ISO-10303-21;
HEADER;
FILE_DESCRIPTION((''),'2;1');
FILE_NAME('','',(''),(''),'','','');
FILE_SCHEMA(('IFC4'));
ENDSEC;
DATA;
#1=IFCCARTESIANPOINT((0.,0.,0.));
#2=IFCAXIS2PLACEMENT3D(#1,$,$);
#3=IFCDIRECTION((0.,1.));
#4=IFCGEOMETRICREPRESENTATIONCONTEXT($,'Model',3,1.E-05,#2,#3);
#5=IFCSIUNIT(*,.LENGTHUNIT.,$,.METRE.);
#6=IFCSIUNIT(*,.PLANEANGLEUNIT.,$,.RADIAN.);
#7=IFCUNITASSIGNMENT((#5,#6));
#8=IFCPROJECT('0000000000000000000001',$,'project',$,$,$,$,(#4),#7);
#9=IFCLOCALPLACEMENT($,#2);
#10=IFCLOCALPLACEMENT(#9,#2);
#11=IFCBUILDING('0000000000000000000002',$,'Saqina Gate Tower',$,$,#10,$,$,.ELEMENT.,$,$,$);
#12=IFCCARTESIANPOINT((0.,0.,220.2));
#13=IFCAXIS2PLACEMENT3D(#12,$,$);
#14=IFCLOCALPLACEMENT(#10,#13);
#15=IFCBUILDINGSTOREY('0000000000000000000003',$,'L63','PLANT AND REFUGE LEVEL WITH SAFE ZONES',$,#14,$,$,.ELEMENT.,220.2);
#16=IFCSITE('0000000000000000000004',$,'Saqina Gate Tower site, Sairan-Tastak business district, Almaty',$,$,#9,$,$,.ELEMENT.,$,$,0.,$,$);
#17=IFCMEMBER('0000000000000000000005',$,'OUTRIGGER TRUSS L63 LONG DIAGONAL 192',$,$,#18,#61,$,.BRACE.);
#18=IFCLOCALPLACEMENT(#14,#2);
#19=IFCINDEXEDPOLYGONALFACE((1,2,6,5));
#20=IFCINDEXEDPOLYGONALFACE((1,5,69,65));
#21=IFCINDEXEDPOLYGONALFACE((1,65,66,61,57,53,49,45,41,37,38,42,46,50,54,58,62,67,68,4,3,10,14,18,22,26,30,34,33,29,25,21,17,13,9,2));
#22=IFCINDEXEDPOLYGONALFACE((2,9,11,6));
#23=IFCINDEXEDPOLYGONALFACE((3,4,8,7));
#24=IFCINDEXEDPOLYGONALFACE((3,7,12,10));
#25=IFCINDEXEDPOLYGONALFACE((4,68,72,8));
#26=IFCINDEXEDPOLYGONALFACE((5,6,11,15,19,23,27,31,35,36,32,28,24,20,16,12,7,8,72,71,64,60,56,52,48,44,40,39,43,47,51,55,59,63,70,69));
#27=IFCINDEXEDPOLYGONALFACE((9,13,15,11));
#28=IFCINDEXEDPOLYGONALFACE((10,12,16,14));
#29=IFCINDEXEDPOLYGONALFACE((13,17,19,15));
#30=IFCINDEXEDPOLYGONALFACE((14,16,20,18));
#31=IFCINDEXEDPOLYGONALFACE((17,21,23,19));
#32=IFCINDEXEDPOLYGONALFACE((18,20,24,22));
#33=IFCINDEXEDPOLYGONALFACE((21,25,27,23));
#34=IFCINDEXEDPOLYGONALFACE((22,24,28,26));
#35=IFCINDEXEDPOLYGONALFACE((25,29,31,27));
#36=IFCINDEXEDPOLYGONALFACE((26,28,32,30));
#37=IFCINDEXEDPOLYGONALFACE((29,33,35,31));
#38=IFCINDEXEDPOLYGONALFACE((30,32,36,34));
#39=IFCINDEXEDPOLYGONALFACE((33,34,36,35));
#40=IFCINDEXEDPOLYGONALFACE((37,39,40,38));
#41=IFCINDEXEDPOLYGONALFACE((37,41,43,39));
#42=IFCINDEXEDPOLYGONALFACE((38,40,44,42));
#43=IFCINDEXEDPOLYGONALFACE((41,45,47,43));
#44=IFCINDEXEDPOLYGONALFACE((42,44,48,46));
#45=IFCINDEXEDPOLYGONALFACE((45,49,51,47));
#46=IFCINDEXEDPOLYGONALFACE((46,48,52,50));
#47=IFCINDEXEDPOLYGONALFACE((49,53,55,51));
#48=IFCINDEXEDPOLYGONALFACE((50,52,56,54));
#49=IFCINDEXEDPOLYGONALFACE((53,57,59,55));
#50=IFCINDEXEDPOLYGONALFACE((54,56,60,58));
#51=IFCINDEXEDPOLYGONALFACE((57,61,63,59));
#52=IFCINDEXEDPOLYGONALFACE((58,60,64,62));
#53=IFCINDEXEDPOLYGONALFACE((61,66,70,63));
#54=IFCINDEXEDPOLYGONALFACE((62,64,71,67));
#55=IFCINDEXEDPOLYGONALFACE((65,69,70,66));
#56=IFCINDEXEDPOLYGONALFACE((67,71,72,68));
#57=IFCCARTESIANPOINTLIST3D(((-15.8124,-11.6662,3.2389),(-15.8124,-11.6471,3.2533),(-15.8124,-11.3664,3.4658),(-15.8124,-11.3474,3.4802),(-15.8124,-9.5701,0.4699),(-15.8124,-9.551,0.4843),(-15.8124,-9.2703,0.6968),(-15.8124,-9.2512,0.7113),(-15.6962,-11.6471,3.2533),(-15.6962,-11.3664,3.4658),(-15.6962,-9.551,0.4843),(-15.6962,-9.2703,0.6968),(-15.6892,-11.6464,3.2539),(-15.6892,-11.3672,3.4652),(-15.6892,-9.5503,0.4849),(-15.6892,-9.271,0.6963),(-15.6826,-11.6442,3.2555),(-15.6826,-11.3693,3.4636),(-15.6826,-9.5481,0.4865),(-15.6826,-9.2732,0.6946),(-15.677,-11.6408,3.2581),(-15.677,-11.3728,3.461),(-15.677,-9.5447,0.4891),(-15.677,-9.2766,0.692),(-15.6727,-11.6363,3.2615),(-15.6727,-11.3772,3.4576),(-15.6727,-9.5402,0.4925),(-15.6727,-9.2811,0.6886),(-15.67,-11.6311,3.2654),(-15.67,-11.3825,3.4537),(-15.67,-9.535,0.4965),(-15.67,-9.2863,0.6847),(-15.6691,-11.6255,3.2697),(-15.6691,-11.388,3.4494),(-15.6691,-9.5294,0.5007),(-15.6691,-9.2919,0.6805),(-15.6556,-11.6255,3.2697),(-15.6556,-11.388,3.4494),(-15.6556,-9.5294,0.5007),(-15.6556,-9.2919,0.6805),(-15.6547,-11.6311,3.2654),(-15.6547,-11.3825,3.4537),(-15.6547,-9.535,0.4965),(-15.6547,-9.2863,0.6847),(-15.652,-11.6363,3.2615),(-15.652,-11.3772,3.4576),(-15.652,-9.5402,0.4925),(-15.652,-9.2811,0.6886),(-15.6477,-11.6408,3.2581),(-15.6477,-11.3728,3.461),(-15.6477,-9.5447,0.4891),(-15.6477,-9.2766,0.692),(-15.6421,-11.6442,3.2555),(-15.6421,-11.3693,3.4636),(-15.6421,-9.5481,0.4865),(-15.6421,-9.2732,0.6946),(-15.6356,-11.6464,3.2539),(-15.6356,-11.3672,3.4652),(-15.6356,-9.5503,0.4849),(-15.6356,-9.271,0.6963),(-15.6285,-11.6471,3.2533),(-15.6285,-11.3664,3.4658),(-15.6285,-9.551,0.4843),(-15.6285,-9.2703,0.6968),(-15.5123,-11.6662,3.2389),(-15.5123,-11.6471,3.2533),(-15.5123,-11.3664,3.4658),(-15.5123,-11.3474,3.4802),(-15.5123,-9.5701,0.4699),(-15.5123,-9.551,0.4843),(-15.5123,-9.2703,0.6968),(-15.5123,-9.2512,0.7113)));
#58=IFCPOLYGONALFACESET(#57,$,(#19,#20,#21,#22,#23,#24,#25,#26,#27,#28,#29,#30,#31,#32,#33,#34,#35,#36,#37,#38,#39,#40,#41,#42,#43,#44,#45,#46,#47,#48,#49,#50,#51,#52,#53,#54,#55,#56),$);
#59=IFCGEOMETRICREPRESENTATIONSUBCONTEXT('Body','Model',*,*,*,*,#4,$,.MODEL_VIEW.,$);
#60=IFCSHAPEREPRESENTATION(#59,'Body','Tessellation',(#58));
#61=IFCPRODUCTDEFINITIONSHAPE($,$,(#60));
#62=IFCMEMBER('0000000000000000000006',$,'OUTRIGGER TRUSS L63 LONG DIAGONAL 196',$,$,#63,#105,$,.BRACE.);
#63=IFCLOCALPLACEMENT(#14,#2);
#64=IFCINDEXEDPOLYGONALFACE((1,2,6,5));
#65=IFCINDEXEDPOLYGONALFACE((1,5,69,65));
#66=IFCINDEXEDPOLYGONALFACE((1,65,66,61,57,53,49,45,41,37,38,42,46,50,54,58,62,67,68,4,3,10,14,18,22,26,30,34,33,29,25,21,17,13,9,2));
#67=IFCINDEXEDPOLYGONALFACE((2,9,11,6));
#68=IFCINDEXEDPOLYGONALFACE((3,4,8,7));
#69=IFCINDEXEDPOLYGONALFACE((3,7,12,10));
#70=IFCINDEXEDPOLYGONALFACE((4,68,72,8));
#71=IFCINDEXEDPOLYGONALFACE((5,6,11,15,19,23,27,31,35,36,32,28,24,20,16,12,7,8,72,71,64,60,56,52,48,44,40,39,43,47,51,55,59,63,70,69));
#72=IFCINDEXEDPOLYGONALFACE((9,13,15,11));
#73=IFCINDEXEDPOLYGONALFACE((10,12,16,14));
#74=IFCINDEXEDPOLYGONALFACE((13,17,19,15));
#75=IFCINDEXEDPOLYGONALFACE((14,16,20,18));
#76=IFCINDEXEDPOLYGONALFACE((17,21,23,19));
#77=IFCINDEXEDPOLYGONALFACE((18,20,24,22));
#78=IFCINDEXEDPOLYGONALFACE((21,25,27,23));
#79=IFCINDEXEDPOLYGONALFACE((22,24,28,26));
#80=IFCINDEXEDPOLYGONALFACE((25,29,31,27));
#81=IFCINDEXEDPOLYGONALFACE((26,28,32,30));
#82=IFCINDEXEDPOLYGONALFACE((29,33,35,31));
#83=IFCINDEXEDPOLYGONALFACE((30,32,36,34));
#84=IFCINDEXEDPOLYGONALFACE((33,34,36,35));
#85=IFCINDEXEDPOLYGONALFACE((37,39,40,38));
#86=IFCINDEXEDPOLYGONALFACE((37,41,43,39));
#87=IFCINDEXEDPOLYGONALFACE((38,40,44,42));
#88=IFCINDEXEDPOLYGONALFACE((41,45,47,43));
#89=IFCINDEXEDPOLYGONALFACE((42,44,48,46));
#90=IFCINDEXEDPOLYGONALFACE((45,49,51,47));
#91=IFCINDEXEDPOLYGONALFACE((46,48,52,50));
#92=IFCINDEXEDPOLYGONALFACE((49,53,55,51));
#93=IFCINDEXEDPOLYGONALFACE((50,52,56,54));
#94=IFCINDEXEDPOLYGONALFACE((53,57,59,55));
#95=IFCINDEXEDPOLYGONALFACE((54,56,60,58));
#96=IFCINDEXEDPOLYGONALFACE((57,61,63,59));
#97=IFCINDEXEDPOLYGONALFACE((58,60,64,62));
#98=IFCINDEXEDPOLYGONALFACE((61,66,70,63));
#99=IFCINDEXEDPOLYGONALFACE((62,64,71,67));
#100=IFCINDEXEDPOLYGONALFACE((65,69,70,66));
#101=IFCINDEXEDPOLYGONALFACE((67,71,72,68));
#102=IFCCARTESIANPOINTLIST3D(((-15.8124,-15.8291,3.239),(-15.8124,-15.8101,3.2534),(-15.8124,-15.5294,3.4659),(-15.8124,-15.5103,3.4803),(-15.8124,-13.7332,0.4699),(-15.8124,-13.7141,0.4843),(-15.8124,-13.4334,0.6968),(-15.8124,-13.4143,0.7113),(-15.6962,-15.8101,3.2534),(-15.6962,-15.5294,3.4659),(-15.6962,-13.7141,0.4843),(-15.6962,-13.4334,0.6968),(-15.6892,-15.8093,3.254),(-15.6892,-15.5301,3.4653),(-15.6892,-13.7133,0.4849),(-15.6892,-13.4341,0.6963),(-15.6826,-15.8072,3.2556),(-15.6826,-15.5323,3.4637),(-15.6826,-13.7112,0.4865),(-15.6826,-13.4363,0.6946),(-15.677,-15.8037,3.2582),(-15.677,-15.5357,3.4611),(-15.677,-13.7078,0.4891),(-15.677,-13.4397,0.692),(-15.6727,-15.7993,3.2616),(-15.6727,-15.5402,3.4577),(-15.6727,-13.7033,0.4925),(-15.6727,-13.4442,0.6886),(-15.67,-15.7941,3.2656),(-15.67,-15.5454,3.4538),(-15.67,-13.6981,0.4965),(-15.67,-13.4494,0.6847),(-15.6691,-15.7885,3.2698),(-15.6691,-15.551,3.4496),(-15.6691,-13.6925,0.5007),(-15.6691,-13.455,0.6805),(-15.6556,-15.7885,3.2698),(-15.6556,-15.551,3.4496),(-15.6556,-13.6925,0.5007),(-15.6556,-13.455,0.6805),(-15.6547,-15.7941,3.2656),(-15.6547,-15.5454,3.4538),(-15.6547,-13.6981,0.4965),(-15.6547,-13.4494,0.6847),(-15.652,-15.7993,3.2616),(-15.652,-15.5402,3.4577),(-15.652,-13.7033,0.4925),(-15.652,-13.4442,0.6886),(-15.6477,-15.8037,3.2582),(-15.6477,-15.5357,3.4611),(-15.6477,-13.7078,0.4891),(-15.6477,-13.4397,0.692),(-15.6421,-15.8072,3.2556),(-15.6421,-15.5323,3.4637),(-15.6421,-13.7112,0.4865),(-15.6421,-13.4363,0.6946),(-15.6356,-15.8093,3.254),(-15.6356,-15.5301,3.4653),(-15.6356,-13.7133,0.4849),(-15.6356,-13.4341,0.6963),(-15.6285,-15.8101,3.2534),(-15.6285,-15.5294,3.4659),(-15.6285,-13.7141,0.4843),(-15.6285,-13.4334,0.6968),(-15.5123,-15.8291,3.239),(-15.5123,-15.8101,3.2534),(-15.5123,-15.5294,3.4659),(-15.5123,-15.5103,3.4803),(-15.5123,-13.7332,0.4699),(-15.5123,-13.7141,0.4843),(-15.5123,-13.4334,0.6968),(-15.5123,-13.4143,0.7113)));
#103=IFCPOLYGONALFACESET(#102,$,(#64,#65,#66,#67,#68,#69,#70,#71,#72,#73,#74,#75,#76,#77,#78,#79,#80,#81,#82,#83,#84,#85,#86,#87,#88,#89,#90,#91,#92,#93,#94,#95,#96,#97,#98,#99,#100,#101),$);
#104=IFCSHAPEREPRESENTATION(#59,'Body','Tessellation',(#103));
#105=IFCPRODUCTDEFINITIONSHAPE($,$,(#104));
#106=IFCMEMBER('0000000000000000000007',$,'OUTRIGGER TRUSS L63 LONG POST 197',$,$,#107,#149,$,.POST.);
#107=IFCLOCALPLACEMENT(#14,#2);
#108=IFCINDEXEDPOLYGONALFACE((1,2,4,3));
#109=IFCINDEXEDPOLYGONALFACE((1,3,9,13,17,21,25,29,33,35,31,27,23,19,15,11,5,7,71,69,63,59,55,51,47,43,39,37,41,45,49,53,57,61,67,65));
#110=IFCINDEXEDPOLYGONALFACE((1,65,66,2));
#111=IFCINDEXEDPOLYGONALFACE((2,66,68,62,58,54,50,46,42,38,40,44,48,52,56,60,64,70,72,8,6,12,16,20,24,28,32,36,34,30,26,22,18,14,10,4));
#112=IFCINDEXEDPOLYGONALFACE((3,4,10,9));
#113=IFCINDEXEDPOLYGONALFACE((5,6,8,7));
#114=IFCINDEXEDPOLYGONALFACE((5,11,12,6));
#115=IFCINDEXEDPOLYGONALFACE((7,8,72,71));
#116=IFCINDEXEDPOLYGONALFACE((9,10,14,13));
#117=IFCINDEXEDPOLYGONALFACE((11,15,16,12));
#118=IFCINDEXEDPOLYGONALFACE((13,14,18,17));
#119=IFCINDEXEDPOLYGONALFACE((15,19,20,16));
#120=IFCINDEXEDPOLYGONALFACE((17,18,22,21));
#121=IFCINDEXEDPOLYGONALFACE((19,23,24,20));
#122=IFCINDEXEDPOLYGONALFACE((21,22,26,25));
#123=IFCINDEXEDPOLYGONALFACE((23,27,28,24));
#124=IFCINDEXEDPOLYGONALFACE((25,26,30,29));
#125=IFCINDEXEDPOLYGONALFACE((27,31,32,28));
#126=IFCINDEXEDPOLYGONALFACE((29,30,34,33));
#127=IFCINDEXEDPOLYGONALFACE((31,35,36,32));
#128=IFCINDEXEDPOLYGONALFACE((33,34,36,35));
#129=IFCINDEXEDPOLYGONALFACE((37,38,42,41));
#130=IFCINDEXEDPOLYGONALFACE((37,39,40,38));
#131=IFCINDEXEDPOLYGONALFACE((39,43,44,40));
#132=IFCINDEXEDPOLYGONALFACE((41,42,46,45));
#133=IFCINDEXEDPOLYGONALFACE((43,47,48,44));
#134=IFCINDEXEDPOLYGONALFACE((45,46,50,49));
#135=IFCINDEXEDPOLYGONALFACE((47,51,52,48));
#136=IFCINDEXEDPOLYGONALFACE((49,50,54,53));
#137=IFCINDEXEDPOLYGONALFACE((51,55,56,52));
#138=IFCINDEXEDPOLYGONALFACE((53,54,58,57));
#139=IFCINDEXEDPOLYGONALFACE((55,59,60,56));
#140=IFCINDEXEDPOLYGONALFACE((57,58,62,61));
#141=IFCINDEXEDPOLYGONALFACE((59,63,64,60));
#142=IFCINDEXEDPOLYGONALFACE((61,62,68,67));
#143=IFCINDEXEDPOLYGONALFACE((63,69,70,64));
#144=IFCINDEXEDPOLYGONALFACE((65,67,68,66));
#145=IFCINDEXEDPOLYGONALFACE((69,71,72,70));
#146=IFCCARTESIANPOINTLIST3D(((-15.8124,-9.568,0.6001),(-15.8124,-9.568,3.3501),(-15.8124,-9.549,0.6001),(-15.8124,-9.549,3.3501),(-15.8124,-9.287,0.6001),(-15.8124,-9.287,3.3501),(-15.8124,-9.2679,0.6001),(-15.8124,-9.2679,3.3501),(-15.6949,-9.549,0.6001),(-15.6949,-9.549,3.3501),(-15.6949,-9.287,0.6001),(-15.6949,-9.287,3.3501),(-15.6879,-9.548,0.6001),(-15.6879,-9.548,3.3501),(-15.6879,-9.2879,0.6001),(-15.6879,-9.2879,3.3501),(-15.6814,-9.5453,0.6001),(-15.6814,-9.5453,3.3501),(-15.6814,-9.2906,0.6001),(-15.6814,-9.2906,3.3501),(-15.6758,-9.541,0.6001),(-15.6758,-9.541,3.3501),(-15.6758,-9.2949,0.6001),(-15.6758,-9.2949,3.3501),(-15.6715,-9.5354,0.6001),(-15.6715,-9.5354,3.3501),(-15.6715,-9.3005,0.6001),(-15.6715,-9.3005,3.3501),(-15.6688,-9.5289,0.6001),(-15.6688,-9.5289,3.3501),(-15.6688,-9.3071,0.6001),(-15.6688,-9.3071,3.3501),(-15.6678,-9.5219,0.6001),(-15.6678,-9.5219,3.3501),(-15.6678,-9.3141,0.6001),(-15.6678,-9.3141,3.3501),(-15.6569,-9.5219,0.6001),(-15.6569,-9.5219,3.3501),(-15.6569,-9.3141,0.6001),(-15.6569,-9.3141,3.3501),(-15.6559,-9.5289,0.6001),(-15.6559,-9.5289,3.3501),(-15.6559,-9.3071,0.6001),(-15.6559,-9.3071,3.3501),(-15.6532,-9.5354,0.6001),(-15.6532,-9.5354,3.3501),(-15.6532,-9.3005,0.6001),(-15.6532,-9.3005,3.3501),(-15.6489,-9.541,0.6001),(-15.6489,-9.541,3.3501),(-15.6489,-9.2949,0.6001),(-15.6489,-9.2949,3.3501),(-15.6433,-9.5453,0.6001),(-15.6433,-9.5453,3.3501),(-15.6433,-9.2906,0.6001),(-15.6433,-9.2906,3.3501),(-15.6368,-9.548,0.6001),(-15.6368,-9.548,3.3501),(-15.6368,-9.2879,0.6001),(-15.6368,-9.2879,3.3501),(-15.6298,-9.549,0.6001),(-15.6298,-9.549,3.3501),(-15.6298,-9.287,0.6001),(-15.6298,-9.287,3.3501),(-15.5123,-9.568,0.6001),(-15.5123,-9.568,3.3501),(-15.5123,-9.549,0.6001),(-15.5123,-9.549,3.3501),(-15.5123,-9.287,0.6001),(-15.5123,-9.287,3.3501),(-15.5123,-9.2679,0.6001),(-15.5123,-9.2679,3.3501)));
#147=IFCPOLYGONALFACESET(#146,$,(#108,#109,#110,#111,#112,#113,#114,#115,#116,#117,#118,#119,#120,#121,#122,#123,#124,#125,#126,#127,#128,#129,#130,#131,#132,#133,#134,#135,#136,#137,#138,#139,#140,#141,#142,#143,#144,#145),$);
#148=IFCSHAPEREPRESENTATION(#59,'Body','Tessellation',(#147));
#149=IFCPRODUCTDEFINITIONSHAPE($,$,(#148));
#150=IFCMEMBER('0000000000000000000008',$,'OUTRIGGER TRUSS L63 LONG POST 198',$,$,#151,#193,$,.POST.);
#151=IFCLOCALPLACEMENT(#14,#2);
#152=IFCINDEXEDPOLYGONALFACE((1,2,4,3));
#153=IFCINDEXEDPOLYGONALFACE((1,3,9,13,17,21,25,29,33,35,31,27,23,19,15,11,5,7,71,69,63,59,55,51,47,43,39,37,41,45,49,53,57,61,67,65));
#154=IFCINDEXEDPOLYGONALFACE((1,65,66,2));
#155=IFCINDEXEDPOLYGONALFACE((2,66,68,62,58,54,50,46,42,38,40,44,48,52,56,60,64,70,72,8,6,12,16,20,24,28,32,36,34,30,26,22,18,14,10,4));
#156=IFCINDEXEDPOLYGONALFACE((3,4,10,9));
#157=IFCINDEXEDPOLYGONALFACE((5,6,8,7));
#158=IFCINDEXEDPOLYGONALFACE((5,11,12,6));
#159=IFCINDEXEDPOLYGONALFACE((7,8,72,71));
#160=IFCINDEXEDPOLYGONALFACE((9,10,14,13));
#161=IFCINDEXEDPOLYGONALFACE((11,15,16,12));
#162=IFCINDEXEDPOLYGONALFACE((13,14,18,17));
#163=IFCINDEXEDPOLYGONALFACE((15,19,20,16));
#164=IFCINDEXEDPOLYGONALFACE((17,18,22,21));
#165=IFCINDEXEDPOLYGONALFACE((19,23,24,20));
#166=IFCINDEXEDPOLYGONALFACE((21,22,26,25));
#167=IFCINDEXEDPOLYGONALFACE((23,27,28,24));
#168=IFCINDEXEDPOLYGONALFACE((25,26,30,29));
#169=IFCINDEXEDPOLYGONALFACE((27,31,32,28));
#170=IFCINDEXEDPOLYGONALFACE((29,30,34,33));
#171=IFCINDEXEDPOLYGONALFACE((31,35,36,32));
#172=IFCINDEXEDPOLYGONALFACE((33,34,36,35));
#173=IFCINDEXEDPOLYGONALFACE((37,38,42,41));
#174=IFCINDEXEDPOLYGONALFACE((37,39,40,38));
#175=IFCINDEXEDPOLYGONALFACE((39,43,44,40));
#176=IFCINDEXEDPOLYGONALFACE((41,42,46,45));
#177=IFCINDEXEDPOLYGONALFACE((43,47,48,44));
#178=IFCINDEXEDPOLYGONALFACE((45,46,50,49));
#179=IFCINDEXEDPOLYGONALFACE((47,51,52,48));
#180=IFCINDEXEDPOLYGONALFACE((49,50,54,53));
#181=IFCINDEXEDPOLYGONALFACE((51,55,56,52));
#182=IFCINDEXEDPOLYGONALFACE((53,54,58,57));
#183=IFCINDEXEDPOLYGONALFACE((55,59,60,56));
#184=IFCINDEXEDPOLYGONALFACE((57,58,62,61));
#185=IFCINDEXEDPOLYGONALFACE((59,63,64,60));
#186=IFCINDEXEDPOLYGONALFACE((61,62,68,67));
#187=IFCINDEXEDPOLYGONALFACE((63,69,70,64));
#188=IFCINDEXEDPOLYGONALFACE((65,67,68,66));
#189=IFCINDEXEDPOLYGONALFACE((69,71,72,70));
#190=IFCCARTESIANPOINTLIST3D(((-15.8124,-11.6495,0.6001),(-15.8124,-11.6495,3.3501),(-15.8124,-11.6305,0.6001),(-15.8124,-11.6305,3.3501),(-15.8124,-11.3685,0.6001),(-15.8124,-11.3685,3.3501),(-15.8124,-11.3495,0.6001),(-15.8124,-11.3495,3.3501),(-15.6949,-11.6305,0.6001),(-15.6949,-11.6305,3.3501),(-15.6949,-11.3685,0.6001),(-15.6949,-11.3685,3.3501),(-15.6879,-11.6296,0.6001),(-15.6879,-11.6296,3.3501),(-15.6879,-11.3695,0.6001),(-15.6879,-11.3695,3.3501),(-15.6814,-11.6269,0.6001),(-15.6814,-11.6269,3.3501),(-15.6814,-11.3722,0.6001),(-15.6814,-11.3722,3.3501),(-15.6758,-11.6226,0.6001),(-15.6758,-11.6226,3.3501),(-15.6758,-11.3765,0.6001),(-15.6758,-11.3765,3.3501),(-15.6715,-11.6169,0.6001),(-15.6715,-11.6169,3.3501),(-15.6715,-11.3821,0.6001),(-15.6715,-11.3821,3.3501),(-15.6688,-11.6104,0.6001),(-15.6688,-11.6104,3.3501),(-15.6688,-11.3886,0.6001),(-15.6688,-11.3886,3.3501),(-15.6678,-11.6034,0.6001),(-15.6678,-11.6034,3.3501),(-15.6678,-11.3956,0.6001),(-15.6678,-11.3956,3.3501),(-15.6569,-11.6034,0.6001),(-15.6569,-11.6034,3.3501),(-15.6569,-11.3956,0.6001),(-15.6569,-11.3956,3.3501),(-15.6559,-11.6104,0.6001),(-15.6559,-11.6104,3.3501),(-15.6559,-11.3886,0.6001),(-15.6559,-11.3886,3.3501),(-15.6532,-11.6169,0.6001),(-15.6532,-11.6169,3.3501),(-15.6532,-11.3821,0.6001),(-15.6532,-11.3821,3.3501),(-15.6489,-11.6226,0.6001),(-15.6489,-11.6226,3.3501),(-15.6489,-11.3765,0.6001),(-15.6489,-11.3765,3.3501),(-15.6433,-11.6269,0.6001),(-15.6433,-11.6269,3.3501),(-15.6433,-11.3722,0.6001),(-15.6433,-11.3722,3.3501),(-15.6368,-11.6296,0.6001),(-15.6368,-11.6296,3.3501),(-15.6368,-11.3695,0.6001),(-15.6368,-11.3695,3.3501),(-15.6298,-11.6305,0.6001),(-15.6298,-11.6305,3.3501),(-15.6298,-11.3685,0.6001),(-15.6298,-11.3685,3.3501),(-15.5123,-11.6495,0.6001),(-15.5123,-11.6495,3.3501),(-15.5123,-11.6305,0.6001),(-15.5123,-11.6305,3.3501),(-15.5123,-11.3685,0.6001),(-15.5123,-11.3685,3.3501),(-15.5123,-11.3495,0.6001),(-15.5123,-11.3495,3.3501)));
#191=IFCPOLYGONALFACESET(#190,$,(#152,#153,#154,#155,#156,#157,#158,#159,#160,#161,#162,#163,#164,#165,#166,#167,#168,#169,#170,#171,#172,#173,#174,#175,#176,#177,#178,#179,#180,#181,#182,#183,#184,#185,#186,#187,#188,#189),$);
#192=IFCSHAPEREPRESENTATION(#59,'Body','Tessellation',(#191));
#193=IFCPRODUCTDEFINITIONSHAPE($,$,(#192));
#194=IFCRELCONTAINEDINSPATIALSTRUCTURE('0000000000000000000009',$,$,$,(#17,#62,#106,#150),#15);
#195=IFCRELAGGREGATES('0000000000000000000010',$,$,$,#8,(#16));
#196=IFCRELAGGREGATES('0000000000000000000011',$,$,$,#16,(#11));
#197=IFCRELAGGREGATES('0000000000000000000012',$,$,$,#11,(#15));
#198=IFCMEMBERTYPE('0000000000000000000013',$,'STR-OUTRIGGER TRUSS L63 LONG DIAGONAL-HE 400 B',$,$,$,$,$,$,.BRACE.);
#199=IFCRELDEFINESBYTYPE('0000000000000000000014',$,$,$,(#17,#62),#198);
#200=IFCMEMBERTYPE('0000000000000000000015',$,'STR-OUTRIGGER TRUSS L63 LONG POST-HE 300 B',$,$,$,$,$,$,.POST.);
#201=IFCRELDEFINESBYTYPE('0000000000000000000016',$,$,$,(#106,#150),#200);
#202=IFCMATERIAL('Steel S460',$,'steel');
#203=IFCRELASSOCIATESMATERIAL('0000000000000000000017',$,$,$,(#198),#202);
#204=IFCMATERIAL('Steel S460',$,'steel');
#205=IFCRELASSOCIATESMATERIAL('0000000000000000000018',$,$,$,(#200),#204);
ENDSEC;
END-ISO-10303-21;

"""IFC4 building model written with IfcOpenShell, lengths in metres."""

from ifc_helpers import new_model, si_unit, direction, frame, origin, origin_2d, place, context, subcontext, project, spatial, i_section, extrude, material, material_profile, profile_set, type_object, element, save


model = new_model("IFC4")

# Units and contexts
model_context = context("Model", 3, precision=1e-05, world=origin(), true_north=direction((0.0, 1.0)))
body_context = subcontext(model_context, "Body", "Model", "MODEL_VIEW")
ifc_project = project(units=[si_unit("LENGTHUNIT", "METRE"), si_unit("PLANEANGLEUNIT", "RADIAN")], contexts=[model_context])

# Site, building, storey
site_placement = place(None, origin())
site = spatial("IfcSite", under=ifc_project, at=site_placement, Name="Saqina Gate Tower site, Sairan-Tastak business district, Almaty", CompositionType="ELEMENT", RefElevation=0.0)
building_placement = place(site_placement, origin())
building = spatial("IfcBuilding", under=site, at=building_placement, Name="Saqina Gate Tower", CompositionType="ELEMENT")
storey_placement = place(building_placement, frame((0.0, 0.0, 220.2)))
storey = spatial("IfcBuildingStorey", under=building, at=storey_placement, Name="L63", Description="PLANT AND REFUGE LEVEL WITH SAFE ZONES", CompositionType="ELEMENT", Elevation=220.2)

# Members
ifc_material_1 = material(Name="Steel S460", Category="steel")
ifc_material_profile_1 = material_profile(ifc_material_1, i_section(OverallWidth=0.3, OverallDepth=0.3999, WebThickness=0.0134, FlangeThickness=0.0239, FilletRadius=0.0271, at=origin_2d()), Name="HE 400 B")
ifc_profile_set_1 = profile_set([ifc_material_profile_1], Name="Steel S460")
member_type_1 = type_object("IfcMemberType", Name="STR-OUTRIGGER TRUSS L63 LONG DIAGONAL-HE 400 B", PredefinedType="BRACE", material=ifc_profile_set_1)
for number, where, z_axis, x_axis, name in (
    (1, (-15.6624, -9.4106, 0.5906), (0.0, -0.603571, 0.797309), (1.0, 0.0, 0.0), "OUTRIGGER TRUSS L63 LONG DIAGONAL 192"),
    (2, (-15.6624, -13.5737, 0.5906), (0.0, -0.603526, 0.797343), (1.0, 0.0, 0.0), "OUTRIGGER TRUSS L63 LONG DIAGONAL 196"),
):
    element("IfcMember", number, at=place(storey_placement, frame(where, z_axis=z_axis, x_axis=x_axis)), inside=storey, type_object=member_type_1, Name=name, PredefinedType="BRACE", context=body_context, shape_type="SweptSolid", body=[
        extrude(i_section(OverallWidth=0.3, OverallDepth=0.3999, WebThickness=0.0134, FlangeThickness=0.0239, FilletRadius=0.0271, at=origin_2d()), origin(), (0.0, 0.0, 1.0), 3.4729),
    ])
ifc_material_2 = material(Name="Steel S460", Category="steel")
ifc_material_profile_2 = material_profile(ifc_material_2, i_section(OverallWidth=0.3, OverallDepth=0.3, WebThickness=0.011, FlangeThickness=0.019, FilletRadius=0.0271, at=origin_2d()), Name="HE 300 B")
ifc_profile_set_2 = profile_set([ifc_material_profile_2], Name="Steel S460")
member_type_2 = type_object("IfcMemberType", Name="STR-OUTRIGGER TRUSS L63 LONG POST-HE 300 B", PredefinedType="POST", material=ifc_profile_set_2)
for number, where, z_axis, x_axis, name in (
    (3, (-15.6624, -9.418, 0.6001), (0.0, 0.0, 1.0), (1.0, 0.0, 0.0), "OUTRIGGER TRUSS L63 LONG POST 197"),
    (4, (-15.6624, -11.4995, 0.6001), (0.0, 0.0, 1.0), (1.0, 0.0, 0.0), "OUTRIGGER TRUSS L63 LONG POST 198"),
):
    element("IfcMember", number, at=place(storey_placement, frame(where, z_axis=z_axis, x_axis=x_axis)), inside=storey, type_object=member_type_2, Name=name, PredefinedType="POST", context=body_context, shape_type="SweptSolid", body=[
        extrude(i_section(OverallWidth=0.3, OverallDepth=0.3, WebThickness=0.011, FlangeThickness=0.019, FilletRadius=0.0271, at=origin_2d()), origin(), (0.0, 0.0, 1.0), 2.75),
    ])

save(model, "model.ifc")
